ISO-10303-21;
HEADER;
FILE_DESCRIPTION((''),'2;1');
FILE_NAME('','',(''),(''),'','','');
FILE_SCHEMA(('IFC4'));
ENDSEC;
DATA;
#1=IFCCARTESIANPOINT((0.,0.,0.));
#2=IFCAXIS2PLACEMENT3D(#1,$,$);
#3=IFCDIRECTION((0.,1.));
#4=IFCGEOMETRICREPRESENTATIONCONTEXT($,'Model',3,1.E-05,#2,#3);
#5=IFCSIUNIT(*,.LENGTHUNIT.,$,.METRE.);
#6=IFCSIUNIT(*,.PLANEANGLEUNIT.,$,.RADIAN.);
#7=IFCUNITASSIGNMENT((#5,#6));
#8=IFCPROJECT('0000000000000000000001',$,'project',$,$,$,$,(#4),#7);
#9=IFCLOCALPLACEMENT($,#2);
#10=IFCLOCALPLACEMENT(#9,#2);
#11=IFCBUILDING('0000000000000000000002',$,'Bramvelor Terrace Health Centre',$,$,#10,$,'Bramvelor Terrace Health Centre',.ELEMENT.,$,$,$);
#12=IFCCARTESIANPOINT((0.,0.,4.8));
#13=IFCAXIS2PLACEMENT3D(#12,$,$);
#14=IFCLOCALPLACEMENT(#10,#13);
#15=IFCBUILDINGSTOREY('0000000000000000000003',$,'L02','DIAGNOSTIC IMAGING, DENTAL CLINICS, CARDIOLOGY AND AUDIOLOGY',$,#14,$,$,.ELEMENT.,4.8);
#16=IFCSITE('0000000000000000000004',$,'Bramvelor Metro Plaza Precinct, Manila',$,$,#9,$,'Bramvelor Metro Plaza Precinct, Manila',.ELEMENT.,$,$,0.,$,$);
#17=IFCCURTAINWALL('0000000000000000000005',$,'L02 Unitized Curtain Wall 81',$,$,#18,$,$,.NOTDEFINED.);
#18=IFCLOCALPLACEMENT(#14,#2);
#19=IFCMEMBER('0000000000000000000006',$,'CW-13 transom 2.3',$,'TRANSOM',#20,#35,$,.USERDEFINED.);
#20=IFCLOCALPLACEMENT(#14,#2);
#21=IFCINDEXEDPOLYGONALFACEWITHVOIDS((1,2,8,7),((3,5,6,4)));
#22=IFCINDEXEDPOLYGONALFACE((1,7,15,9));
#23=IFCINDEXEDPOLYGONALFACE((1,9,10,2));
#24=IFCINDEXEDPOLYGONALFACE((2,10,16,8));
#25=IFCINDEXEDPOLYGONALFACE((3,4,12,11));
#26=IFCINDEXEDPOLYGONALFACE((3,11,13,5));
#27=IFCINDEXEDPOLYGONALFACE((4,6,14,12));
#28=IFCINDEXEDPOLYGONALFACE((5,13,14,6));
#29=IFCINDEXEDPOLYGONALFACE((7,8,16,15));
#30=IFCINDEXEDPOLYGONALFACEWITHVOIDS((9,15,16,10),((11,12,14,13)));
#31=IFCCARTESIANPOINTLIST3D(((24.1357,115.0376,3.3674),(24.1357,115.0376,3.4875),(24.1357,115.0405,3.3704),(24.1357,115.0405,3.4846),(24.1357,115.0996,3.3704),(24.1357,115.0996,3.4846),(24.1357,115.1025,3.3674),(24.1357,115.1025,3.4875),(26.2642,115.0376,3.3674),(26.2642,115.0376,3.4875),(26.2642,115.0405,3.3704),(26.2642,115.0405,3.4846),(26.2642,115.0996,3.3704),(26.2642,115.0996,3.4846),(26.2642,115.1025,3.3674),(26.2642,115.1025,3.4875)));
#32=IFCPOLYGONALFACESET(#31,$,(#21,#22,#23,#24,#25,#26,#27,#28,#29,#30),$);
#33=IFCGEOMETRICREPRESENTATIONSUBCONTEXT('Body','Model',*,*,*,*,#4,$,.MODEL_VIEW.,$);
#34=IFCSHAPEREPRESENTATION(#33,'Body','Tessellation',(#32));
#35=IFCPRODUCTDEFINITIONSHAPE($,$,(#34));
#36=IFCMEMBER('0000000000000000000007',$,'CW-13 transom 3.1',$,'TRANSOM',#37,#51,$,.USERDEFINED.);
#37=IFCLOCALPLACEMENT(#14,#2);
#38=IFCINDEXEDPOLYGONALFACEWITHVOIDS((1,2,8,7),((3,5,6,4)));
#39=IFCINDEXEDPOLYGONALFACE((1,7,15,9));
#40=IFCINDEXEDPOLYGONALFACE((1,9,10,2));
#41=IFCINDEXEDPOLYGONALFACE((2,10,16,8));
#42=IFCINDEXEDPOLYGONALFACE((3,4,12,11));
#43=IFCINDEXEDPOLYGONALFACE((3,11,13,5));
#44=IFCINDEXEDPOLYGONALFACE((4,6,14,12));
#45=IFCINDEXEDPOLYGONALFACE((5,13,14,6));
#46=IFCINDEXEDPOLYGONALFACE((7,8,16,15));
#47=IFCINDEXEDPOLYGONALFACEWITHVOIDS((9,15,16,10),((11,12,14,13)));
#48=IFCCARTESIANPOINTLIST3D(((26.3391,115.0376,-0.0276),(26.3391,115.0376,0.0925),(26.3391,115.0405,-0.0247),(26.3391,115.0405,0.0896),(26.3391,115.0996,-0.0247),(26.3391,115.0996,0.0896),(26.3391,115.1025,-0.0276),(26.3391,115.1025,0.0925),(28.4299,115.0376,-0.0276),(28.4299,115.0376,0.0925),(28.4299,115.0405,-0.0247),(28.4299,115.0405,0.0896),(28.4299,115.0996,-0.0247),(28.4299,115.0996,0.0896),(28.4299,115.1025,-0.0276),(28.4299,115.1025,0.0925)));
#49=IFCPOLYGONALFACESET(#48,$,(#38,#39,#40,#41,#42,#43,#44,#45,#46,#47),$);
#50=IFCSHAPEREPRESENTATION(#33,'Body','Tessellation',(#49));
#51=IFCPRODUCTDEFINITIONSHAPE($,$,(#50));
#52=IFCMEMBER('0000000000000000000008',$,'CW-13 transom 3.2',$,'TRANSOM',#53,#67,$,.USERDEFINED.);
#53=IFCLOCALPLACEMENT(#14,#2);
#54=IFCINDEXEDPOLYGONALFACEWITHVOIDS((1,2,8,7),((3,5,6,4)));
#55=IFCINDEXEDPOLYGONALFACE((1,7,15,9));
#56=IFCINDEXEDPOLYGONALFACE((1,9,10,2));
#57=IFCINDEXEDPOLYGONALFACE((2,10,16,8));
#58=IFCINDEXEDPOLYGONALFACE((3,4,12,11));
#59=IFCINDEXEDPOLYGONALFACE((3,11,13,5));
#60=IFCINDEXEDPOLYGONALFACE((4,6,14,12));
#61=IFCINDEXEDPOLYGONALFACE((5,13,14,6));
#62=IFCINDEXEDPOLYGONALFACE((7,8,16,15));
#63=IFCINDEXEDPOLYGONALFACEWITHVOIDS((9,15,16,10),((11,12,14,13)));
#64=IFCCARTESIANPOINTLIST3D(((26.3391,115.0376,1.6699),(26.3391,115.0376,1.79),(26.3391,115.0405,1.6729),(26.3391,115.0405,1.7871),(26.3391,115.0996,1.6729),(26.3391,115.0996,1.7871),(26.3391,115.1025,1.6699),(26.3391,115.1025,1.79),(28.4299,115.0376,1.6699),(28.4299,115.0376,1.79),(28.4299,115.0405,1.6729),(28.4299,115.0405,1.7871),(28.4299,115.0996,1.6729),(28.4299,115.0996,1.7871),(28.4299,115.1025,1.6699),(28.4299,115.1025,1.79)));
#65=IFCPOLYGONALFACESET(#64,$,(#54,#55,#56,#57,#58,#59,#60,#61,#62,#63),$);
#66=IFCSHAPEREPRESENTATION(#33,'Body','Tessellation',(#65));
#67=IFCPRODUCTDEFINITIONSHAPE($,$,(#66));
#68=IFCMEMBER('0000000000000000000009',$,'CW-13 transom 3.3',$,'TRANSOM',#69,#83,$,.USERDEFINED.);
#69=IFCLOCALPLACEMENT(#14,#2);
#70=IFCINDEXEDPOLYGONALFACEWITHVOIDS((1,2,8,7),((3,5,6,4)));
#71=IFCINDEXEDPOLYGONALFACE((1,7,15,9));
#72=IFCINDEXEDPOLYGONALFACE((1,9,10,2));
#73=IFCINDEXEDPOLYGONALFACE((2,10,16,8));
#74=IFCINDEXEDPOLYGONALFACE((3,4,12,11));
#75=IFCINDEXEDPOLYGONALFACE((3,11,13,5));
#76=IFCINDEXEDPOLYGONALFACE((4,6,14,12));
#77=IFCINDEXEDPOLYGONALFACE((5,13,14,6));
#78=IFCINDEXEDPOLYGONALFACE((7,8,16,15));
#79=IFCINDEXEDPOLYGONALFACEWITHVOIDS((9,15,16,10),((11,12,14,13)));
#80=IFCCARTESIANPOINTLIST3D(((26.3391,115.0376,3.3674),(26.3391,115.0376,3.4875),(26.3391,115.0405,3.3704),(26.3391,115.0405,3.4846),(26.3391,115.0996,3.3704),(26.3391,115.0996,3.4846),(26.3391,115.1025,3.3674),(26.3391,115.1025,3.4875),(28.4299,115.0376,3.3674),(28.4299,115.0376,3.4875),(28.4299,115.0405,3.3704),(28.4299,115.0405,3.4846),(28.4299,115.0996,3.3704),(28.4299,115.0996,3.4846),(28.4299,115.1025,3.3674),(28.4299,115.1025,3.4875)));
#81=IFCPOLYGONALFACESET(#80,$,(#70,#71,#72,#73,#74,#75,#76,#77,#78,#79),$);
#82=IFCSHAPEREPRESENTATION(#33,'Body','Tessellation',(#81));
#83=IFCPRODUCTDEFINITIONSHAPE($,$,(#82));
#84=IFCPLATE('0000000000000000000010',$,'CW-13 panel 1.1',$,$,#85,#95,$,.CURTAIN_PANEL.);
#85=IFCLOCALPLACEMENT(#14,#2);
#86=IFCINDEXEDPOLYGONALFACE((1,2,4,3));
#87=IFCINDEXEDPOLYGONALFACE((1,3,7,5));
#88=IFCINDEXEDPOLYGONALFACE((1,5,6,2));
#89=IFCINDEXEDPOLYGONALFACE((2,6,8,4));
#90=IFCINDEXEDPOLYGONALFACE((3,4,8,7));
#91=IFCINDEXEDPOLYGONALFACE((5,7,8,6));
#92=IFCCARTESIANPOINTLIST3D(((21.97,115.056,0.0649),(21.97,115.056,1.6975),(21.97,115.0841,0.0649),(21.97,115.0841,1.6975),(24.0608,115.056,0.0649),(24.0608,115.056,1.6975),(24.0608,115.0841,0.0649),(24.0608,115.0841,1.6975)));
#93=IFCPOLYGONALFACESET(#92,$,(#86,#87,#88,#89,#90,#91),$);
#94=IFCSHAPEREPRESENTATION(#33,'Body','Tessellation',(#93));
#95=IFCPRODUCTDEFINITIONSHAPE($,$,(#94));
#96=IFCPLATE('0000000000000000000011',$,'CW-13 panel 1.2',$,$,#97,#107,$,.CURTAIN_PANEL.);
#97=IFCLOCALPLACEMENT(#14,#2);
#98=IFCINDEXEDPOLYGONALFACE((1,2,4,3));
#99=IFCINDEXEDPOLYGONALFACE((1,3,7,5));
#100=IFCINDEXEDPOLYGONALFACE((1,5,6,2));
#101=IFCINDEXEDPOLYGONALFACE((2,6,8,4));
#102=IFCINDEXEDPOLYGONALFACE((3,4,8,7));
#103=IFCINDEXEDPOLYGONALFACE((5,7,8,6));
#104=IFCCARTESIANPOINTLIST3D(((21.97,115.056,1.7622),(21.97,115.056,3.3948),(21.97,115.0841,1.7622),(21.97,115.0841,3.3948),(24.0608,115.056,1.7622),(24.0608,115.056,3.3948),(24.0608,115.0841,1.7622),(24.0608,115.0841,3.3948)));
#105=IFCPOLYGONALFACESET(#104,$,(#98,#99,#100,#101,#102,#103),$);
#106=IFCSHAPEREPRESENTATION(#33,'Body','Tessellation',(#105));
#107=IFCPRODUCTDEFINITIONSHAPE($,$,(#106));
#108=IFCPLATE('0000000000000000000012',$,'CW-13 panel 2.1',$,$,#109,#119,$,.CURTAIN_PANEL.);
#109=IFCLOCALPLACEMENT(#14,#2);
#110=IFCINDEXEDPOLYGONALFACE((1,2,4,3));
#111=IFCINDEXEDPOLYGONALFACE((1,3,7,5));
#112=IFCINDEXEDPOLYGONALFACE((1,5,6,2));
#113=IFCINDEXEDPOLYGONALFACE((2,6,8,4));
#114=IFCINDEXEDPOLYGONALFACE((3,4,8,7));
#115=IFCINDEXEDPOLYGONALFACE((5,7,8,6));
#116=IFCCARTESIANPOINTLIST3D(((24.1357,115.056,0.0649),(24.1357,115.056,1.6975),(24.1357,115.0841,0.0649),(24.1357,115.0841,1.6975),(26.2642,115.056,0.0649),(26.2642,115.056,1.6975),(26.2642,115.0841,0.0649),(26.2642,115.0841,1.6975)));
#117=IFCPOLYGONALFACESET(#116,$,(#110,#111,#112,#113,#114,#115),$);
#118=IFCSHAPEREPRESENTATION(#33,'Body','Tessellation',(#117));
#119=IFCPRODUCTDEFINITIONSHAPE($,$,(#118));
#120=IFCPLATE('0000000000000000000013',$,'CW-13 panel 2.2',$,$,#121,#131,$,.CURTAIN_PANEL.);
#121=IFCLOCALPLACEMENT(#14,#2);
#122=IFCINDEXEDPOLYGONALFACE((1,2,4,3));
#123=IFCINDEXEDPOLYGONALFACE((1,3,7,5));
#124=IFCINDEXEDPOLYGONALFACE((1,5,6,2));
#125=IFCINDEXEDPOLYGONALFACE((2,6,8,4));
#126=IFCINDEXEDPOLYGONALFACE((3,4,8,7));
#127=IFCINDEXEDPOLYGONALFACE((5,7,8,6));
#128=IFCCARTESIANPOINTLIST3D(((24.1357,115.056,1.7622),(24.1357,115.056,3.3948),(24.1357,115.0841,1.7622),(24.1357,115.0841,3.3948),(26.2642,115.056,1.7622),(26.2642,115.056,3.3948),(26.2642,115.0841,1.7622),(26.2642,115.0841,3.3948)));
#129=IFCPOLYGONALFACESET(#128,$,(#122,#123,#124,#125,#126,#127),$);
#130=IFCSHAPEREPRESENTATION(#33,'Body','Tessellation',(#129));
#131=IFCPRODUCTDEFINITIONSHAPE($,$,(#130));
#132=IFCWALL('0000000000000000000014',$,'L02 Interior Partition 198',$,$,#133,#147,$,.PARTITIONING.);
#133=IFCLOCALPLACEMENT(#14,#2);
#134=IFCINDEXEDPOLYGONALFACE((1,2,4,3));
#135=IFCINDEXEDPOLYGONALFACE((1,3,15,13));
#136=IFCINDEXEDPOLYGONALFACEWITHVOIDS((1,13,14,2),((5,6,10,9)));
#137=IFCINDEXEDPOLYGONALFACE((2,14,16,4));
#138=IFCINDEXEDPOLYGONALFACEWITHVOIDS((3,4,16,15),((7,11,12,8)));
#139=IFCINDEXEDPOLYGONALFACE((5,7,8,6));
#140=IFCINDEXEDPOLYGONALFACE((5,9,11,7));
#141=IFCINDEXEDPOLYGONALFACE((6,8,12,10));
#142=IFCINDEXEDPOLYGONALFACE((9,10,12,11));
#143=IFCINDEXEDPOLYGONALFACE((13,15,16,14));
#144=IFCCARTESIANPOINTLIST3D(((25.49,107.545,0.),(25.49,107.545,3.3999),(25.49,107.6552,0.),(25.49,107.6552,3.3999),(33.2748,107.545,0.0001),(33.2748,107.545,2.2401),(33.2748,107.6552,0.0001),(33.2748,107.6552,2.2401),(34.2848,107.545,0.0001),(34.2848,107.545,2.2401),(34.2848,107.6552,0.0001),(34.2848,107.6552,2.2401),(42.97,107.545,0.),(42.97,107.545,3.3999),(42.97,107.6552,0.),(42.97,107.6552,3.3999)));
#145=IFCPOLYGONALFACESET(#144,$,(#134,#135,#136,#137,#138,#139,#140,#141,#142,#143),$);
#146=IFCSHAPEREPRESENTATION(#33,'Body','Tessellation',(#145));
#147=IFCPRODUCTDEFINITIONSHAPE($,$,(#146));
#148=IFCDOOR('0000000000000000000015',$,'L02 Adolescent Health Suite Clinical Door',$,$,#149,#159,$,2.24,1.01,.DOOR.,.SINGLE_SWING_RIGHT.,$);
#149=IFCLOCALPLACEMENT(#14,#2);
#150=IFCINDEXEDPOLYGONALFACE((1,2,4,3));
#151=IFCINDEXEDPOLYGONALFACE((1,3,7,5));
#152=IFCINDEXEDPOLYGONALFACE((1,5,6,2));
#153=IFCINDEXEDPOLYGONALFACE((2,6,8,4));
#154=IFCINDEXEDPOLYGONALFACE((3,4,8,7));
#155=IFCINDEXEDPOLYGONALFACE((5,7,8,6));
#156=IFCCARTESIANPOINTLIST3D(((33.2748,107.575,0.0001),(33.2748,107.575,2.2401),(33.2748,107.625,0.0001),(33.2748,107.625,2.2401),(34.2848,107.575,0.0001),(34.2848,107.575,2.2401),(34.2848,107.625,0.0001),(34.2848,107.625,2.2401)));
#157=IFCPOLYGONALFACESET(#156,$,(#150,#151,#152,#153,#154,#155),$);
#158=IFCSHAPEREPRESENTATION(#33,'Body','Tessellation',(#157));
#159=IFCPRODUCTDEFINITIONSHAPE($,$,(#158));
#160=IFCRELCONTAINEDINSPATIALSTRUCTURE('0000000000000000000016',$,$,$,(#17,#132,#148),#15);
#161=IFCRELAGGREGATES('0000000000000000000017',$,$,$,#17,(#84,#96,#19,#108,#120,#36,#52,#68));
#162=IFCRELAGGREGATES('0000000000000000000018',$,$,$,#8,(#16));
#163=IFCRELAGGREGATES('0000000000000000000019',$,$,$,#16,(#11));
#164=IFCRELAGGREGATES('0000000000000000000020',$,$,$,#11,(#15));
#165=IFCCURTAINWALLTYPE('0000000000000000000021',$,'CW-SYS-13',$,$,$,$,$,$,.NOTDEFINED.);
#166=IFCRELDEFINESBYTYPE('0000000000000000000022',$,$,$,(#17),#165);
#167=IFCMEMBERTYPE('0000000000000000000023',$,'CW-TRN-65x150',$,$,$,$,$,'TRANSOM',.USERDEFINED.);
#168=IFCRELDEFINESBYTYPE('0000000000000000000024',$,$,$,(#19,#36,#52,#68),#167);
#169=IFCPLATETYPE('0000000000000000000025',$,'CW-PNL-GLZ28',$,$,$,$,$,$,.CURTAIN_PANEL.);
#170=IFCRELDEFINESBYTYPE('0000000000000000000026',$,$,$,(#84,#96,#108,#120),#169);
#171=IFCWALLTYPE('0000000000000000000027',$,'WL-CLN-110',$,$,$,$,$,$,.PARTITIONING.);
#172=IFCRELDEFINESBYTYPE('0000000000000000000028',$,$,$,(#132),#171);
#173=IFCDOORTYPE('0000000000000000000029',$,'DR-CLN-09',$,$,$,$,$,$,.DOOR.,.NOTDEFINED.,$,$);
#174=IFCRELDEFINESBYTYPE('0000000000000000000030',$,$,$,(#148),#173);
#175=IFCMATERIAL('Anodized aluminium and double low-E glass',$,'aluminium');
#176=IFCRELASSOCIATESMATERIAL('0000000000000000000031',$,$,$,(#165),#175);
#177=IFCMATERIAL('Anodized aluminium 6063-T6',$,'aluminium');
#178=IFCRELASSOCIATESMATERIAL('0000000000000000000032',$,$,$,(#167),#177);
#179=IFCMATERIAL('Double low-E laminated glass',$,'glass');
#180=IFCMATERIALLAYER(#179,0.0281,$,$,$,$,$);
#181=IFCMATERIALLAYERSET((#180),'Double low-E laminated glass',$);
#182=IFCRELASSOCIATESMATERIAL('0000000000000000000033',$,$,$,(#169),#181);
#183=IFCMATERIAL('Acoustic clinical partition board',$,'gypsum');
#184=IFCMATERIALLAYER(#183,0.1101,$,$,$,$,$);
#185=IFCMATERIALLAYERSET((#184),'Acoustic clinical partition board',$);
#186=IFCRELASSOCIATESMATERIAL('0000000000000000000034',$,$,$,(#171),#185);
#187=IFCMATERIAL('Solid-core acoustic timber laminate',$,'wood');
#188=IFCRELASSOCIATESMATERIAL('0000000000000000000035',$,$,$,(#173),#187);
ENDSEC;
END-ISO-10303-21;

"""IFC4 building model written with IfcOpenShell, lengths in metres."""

from ifc_helpers import new_model, si_unit, direction, frame, frame_2d, origin, origin_2d, place, context, subcontext, project, spatial, rectangle, hollow_rectangle, extrude, material, layer, layer_set, material_profile, profile_set, type_object, element, fill, aggregate, save


model = new_model("IFC4")

# Units and contexts
model_context = context("Model", 3, precision=1e-05, world=origin(), true_north=direction((0.0, 1.0)))
body_context = subcontext(model_context, "Body", "Model", "MODEL_VIEW")
ifc_project = project(units=[si_unit("LENGTHUNIT", "METRE"), si_unit("PLANEANGLEUNIT", "RADIAN")], contexts=[model_context])

# Site, building, storey
site_placement = place(None, origin())
site = spatial("IfcSite", under=ifc_project, at=site_placement, Name="Bramvelor Metro Plaza Precinct, Manila", LongName="Bramvelor Metro Plaza Precinct, Manila", CompositionType="ELEMENT", RefElevation=0.0)
building_placement = place(site_placement, origin())
building = spatial("IfcBuilding", under=site, at=building_placement, Name="Bramvelor Terrace Health Centre", LongName="Bramvelor Terrace Health Centre", CompositionType="ELEMENT")
storey_placement = place(building_placement, frame((0.0, 0.0, 4.8)))
storey = spatial("IfcBuildingStorey", under=building, at=storey_placement, Name="L02", Description="DIAGNOSTIC IMAGING, DENTAL CLINICS, CARDIOLOGY AND AUDIOLOGY", CompositionType="ELEMENT", Elevation=4.8)

# Curtain wall, members, plates
ifc_material_1 = material(Name="Anodized aluminium and double low-E glass", Category="aluminium")
curtain_wall_type = type_object("IfcCurtainWallType", Name="CW-SYS-13", PredefinedType="NOTDEFINED", material=ifc_material_1)
curtain_wall_placement = place(storey_placement, origin())
curtain_wall = element("IfcCurtainWall", 1, at=curtain_wall_placement, inside=storey, type_object=curtain_wall_type, Name="L02 Unitized Curtain Wall 81", PredefinedType="NOTDEFINED")
ifc_material_2 = material(Name="Anodized aluminium 6063-T6", Category="aluminium")
ifc_material_profile_1 = material_profile(ifc_material_2, hollow_rectangle(XDim=0.0649, YDim=0.1201, WallThickness=0.0029, at=origin_2d()), Name="ALU-TRN 65x120x3.0")
ifc_profile_set_1 = profile_set([ifc_material_profile_1], Name="Anodized aluminium 6063-T6")
member_type_1 = type_object("IfcMemberType", Name="CW-TRN-65x150", ElementType="TRANSOM", PredefinedType="USERDEFINED", material=ifc_profile_set_1)
member_1_placement = place(storey_placement, frame((24.1357, 115.0701, 3.4275), z_axis=(1.0, 0.0, 0.0), x_axis=(0.0, 1.0, 0.0)))
member_1 = element("IfcMember", 2, at=member_1_placement, type_object=member_type_1, Name="CW-13 transom 2.3", ObjectType="TRANSOM", PredefinedType="USERDEFINED", context=body_context, shape_type="SweptSolid", body=[
    extrude(hollow_rectangle(XDim=0.0649, YDim=0.1201, WallThickness=0.0029, at=origin_2d()), origin(), (0.0, 0.0, 1.0), 2.1284),
])
member_2_placement = place(storey_placement, frame((26.3391, 115.0701, 0.0325), z_axis=(1.0, 0.0, 0.0), x_axis=(0.0, 1.0, 0.0)))
member_2 = element("IfcMember", 3, at=member_2_placement, type_object=member_type_1, Name="CW-13 transom 3.1", ObjectType="TRANSOM", PredefinedType="USERDEFINED", context=body_context, shape_type="SweptSolid", body=[
    extrude(hollow_rectangle(XDim=0.0649, YDim=0.1201, WallThickness=0.0029, at=origin_2d()), origin(), (0.0, 0.0, 1.0), 2.0908),
])
member_3_placement = place(storey_placement, frame((26.3391, 115.0701, 1.73), z_axis=(1.0, 0.0, 0.0), x_axis=(0.0, 1.0, 0.0)))
member_3 = element("IfcMember", 4, at=member_3_placement, type_object=member_type_1, Name="CW-13 transom 3.2", ObjectType="TRANSOM", PredefinedType="USERDEFINED", context=body_context, shape_type="SweptSolid", body=[
    extrude(hollow_rectangle(XDim=0.0649, YDim=0.1201, WallThickness=0.0029, at=origin_2d()), origin(), (0.0, 0.0, 1.0), 2.0908),
])
member_4_placement = place(storey_placement, frame((26.3391, 115.0701, 3.4275), z_axis=(1.0, 0.0, 0.0), x_axis=(0.0, 1.0, 0.0)))
member_4 = element("IfcMember", 5, at=member_4_placement, type_object=member_type_1, Name="CW-13 transom 3.3", ObjectType="TRANSOM", PredefinedType="USERDEFINED", context=body_context, shape_type="SweptSolid", body=[
    extrude(hollow_rectangle(XDim=0.0649, YDim=0.1201, WallThickness=0.0029, at=origin_2d()), origin(), (0.0, 0.0, 1.0), 2.0908),
])
ifc_material_3 = material(Name="Double low-E laminated glass", Category="glass")
ifc_layer_1 = layer(ifc_material_3, 0.0281)
ifc_layer_set_1 = layer_set([ifc_layer_1], Name="Double low-E laminated glass")
plate_type = type_object("IfcPlateType", Name="CW-PNL-GLZ28", PredefinedType="CURTAIN_PANEL", material=ifc_layer_set_1)
plate_1_placement = place(storey_placement, frame((23.0154, 115.0701, 0.0649), z_axis=(0.0, 0.0, 1.0), x_axis=(1.0, 0.0, 0.0)))
plate_1 = element("IfcPlate", 6, at=plate_1_placement, type_object=plate_type, Name="CW-13 panel 1.1", PredefinedType="CURTAIN_PANEL", context=body_context, shape_type="SweptSolid", body=[
    extrude(rectangle(XDim=2.0908, YDim=0.0281, at=origin_2d()), origin(), (0.0, 0.0, 1.0), 1.6326),
])
plate_2_placement = place(storey_placement, frame((23.0154, 115.0701, 1.7622), z_axis=(0.0, 0.0, 1.0), x_axis=(1.0, 0.0, 0.0)))
plate_2 = element("IfcPlate", 7, at=plate_2_placement, type_object=plate_type, Name="CW-13 panel 1.2", PredefinedType="CURTAIN_PANEL", context=body_context, shape_type="SweptSolid", body=[
    extrude(rectangle(XDim=2.0908, YDim=0.0281, at=origin_2d()), origin(), (0.0, 0.0, 1.0), 1.6326),
])
plate_3_placement = place(storey_placement, frame((25.2, 115.0701, 0.0649), z_axis=(0.0, 0.0, 1.0), x_axis=(1.0, 0.0, 0.0)))
plate_3 = element("IfcPlate", 8, at=plate_3_placement, type_object=plate_type, Name="CW-13 panel 2.1", PredefinedType="CURTAIN_PANEL", context=body_context, shape_type="SweptSolid", body=[
    extrude(rectangle(XDim=2.1284, YDim=0.0281, at=origin_2d()), origin(), (0.0, 0.0, 1.0), 1.6326),
])
plate_4_placement = place(storey_placement, frame((25.2, 115.0701, 1.7622), z_axis=(0.0, 0.0, 1.0), x_axis=(1.0, 0.0, 0.0)))
plate_4 = element("IfcPlate", 9, at=plate_4_placement, type_object=plate_type, Name="CW-13 panel 2.2", PredefinedType="CURTAIN_PANEL", context=body_context, shape_type="SweptSolid", body=[
    extrude(rectangle(XDim=2.1284, YDim=0.0281, at=origin_2d()), origin(), (0.0, 0.0, 1.0), 1.6326),
])
aggregate(curtain_wall, [plate_1, plate_2, member_1, plate_3, plate_4, member_2, member_3, member_4])

# Wall, opening, door
ifc_material_4 = material(Name="Acoustic clinical partition board", Category="gypsum")
ifc_layer_2 = layer(ifc_material_4, 0.1101)
ifc_layer_set_2 = layer_set([ifc_layer_2], Name="Acoustic clinical partition board")
wall_type_1 = type_object("IfcWallType", Name="WL-CLN-110", PredefinedType="PARTITIONING", material=ifc_layer_set_2)
wall_1_placement = place(storey_placement, frame((25.49, 107.6001, 0.0), z_axis=(0.0, 0.0, 1.0), x_axis=(1.0, 0.0, 0.0)))
wall_1 = element("IfcWall", 10, at=wall_1_placement, inside=storey, type_object=wall_type_1, Name="L02 Interior Partition 198", PredefinedType="PARTITIONING", context=body_context, shape_type="SweptSolid", body=[
    extrude(rectangle(XDim=17.48, YDim=0.1101, at=frame_2d((8.74, 0.0))), origin(), (0.0, 0.0, 1.0), 3.3999),
])
opening_1_placement = place(wall_1_placement, frame((7.7849, 0.0, 0.0)))
opening_1 = element("IfcOpeningElement", 11, at=opening_1_placement, cuts=wall_1, PredefinedType="OPENING", context=body_context, shape_type="SweptSolid", body=[
    extrude(rectangle(XDim=1.01, YDim=2.24, at=frame_2d((0.5049, 1.1201))), frame((0.0, 0.0649, 0.0), z_axis=(0.0, -1.0, 0.0), x_axis=(1.0, 0.0, 0.0)), (0.0, 0.0, 1.0), 0.1301),
])
ifc_material_5 = material(Name="Solid-core acoustic timber laminate", Category="wood")
door_type = type_object("IfcDoorType", Name="DR-CLN-09", OperationType="NOTDEFINED", PredefinedType="DOOR", material=ifc_material_5)
door_placement = place(opening_1_placement, origin())
door = element("IfcDoor", 12, at=door_placement, inside=storey, type_object=door_type, Name="L02 Adolescent Health Suite Clinical Door", OperationType="SINGLE_SWING_RIGHT", OverallHeight=2.24, OverallWidth=1.01, PredefinedType="DOOR", context=body_context, shape_type="SweptSolid", body=[
    extrude(rectangle(XDim=1.01, YDim=2.24, at=frame_2d((0.5049, 1.1201))), frame((0.0, 0.0249, 0.0), z_axis=(0.0, -1.0, 0.0), x_axis=(1.0, 0.0, 0.0)), (0.0, 0.0, 1.0), 0.05),
])
fill(opening_1, door)

save(model, "model.ifc")
